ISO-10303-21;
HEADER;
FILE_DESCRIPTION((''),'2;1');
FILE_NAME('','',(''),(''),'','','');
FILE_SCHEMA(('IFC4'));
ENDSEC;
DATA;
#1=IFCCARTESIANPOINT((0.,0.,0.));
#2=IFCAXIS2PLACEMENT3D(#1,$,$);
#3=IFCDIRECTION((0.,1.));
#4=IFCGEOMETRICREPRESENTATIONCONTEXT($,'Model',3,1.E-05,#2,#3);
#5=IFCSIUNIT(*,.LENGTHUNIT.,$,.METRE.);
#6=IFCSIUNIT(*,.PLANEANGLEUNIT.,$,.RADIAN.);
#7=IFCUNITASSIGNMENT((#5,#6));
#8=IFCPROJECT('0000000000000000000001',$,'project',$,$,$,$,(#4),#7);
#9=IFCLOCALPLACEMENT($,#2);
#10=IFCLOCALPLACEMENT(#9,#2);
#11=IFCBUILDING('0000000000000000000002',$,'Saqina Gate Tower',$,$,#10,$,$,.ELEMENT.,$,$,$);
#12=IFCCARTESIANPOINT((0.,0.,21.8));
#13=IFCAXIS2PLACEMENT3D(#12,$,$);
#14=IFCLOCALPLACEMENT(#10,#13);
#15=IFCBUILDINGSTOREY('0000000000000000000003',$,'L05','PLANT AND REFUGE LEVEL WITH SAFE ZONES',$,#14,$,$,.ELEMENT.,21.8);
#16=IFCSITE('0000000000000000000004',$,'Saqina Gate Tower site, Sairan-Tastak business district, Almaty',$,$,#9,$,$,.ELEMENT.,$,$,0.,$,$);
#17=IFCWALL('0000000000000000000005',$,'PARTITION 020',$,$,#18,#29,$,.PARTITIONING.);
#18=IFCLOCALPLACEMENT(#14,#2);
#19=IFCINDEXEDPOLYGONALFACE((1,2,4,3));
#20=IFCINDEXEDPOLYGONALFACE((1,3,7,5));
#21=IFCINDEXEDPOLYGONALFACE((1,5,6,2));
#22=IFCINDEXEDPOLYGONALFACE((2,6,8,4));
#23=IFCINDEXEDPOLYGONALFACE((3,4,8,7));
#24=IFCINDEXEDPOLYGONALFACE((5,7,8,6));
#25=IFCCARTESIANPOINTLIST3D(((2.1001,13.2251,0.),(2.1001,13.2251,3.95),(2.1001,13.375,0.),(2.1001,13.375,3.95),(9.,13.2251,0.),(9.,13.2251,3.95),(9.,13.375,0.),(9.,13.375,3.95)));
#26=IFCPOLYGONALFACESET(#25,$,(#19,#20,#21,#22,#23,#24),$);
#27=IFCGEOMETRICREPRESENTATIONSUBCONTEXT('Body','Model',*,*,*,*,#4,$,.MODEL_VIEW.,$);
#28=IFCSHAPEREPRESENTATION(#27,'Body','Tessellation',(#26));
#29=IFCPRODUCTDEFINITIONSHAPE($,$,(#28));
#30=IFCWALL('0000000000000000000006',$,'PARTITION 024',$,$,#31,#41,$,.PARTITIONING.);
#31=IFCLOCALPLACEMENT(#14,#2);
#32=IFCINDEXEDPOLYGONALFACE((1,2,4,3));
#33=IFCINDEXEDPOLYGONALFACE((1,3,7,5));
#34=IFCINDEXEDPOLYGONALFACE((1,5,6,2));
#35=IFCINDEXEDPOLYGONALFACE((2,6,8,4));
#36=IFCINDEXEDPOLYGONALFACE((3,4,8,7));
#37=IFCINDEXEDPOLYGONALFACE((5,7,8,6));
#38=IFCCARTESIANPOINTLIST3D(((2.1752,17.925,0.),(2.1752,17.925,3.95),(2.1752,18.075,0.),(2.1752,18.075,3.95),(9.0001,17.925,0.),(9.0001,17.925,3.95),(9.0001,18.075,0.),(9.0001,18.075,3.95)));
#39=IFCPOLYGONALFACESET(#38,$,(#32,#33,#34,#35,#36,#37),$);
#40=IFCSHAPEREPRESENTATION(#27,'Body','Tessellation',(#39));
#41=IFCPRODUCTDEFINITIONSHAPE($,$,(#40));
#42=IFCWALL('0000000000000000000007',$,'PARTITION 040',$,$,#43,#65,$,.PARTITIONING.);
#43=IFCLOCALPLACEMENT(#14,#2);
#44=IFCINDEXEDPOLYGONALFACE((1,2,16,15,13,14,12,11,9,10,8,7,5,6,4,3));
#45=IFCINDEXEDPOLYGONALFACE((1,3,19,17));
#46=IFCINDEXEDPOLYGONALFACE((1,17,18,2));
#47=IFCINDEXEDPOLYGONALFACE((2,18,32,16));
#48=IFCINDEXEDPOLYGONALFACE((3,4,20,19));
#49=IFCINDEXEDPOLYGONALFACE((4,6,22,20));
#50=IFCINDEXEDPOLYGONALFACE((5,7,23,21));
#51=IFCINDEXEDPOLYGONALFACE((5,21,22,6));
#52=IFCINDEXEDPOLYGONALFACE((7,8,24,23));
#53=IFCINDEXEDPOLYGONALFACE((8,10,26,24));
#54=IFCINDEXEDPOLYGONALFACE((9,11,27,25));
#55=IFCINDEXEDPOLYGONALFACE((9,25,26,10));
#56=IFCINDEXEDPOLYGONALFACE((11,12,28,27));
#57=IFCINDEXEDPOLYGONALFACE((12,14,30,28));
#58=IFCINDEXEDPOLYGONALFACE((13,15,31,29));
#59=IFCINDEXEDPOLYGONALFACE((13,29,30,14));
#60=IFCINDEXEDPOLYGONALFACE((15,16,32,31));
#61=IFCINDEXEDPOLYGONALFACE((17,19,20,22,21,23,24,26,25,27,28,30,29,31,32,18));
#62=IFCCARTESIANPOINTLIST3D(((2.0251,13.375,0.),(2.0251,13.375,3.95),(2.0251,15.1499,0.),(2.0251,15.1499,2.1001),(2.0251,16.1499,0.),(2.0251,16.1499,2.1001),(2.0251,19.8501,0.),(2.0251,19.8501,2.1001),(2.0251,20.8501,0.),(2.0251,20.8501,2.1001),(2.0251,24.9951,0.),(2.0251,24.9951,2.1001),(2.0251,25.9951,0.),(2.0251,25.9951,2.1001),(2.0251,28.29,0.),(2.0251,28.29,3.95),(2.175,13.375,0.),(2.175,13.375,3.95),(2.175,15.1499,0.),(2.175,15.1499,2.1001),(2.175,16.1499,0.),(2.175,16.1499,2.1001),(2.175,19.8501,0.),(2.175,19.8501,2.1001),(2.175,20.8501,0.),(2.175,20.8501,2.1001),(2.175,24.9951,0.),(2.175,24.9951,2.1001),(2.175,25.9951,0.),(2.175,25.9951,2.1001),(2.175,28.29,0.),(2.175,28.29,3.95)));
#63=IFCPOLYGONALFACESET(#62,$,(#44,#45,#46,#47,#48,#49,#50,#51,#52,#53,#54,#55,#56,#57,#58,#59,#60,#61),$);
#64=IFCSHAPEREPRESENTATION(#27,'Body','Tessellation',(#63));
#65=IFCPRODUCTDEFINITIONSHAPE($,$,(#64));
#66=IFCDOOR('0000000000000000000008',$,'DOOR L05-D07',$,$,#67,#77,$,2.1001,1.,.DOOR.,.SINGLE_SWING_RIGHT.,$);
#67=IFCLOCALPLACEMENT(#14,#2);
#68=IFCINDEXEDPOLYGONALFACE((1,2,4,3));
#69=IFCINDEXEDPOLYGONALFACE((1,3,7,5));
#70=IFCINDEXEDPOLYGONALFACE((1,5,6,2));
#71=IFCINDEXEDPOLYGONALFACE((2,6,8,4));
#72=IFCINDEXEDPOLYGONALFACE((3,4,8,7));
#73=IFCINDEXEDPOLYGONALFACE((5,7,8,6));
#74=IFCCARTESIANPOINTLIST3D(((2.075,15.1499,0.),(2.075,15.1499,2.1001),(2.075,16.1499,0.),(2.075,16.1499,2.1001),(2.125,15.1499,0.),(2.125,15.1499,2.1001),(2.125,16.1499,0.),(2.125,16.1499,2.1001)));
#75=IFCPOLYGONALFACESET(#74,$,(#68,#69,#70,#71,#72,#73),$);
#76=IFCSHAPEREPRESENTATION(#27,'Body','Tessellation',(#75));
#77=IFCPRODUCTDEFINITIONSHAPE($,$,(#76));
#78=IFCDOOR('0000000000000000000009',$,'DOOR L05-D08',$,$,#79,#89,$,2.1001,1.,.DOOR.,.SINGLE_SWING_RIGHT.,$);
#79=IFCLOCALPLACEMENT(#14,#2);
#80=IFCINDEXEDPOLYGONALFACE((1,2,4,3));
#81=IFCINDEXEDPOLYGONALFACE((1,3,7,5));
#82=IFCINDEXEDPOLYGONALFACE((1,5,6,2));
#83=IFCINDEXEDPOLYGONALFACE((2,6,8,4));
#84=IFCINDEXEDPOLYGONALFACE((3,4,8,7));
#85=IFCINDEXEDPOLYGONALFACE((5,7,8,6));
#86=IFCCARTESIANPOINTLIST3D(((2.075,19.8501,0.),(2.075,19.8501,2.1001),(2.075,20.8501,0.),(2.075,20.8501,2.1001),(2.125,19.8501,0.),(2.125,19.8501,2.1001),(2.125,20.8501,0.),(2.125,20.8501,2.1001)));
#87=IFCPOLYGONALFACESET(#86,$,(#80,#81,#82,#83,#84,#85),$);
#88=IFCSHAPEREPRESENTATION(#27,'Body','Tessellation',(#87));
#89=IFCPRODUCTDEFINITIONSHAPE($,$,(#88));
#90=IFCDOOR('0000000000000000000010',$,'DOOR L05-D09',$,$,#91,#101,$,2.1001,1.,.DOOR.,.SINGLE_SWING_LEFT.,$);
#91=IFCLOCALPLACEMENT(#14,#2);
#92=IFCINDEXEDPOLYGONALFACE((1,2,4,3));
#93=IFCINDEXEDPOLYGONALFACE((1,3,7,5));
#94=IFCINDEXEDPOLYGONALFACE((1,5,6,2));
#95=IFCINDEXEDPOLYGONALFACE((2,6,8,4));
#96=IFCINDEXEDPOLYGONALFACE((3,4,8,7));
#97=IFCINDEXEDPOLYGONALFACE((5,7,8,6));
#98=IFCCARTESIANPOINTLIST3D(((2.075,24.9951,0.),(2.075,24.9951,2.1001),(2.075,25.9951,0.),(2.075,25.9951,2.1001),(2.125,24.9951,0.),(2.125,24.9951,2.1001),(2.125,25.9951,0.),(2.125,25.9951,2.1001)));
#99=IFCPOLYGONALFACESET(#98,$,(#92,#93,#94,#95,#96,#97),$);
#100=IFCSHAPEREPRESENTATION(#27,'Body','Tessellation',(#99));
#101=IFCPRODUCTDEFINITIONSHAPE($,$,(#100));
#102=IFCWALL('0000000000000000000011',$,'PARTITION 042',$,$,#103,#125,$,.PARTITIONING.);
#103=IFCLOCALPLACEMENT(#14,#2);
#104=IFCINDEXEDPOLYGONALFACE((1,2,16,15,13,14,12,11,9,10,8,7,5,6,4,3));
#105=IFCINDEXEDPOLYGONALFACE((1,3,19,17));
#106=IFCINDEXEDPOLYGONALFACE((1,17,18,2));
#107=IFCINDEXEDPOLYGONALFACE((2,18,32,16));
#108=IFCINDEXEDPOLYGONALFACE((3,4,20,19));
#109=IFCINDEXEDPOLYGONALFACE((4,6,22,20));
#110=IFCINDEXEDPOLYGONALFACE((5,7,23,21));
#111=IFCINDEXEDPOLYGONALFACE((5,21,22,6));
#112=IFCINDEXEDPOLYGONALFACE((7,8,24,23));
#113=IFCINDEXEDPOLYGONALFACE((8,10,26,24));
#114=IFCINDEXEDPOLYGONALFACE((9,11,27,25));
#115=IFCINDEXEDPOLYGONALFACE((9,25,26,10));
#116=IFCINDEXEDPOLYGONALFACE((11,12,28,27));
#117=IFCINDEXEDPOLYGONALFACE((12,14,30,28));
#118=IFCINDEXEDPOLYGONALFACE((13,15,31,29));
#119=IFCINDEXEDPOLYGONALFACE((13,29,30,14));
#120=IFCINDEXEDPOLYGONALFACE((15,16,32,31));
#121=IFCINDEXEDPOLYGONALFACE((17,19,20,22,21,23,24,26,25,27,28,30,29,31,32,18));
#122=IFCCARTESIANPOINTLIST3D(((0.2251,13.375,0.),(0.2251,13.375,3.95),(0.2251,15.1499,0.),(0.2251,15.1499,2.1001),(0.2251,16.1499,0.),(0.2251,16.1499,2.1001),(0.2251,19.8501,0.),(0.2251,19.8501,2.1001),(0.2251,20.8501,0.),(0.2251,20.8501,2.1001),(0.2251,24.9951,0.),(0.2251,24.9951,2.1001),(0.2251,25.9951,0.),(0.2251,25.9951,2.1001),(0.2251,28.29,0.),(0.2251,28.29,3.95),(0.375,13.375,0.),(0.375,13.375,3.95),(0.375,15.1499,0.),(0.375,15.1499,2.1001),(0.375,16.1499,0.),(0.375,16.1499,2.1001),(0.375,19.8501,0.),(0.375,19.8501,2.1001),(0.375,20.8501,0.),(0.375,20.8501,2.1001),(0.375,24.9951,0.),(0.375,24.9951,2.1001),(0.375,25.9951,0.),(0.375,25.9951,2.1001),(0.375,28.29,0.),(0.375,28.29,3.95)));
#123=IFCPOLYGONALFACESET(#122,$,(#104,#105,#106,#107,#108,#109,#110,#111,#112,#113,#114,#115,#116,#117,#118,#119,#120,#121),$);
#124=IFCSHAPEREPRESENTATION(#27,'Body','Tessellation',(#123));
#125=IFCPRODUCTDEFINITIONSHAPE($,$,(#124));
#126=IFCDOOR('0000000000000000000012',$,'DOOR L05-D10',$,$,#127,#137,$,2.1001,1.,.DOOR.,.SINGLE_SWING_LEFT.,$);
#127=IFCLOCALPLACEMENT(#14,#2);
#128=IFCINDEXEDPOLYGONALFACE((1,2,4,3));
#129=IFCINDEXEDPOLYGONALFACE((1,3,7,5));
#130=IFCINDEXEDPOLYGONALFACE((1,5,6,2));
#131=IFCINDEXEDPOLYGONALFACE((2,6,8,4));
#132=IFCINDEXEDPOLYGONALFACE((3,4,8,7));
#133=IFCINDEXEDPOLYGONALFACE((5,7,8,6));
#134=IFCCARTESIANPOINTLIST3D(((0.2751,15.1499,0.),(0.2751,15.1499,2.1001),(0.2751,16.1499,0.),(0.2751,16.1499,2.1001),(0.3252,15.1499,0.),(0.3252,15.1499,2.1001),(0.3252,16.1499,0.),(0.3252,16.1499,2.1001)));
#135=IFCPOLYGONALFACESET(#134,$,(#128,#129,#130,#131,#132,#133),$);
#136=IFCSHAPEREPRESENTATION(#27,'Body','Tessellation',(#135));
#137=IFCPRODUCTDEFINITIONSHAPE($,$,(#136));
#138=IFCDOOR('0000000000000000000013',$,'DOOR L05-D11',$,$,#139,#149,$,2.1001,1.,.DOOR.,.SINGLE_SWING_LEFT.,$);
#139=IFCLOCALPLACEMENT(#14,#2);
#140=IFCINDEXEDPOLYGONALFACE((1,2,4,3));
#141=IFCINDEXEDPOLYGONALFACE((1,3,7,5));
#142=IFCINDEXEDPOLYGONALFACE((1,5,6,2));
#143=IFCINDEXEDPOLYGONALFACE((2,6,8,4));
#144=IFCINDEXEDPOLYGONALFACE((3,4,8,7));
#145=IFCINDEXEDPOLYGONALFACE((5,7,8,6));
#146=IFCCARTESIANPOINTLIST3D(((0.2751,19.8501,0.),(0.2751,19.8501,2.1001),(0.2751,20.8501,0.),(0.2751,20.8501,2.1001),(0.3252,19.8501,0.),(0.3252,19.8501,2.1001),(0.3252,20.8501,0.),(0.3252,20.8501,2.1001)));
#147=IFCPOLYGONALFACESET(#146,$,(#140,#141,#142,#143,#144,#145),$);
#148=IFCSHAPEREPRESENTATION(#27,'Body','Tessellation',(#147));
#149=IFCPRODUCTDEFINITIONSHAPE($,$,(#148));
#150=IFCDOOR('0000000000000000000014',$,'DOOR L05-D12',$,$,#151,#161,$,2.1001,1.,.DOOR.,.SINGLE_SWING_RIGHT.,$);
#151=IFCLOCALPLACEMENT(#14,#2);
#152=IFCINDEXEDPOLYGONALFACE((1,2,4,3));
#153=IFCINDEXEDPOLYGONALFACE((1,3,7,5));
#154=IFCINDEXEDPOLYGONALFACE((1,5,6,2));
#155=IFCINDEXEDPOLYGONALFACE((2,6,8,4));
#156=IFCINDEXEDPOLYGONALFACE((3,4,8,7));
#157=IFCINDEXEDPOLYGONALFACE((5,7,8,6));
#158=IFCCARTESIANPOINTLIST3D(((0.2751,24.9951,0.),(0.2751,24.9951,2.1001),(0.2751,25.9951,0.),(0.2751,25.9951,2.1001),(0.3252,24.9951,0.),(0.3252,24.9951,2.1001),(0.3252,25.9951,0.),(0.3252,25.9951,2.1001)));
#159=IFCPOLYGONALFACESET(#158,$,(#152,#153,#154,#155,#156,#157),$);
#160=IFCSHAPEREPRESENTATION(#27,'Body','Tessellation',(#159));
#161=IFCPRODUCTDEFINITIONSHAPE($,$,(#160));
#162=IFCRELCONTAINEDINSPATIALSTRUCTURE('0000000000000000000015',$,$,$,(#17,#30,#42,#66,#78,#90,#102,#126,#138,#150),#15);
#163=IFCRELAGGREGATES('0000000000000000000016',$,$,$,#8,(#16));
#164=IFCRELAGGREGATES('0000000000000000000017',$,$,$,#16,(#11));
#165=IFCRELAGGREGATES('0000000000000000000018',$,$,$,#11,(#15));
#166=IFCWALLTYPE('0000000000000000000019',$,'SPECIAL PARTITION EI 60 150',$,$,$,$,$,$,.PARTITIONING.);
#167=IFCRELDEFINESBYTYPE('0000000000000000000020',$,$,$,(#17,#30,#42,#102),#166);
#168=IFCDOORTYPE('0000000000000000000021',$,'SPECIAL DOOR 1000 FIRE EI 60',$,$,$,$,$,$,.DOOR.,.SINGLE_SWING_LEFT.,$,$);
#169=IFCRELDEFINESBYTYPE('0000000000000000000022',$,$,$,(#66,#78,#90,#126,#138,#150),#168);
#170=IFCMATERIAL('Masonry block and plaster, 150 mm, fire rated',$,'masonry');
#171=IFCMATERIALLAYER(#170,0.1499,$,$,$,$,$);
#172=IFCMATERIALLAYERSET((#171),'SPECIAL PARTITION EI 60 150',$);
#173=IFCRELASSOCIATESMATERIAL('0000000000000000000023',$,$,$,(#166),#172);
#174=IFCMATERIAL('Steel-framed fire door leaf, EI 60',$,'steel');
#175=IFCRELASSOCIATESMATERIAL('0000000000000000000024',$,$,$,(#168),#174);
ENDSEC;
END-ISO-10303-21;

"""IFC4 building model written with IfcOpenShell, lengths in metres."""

from ifc_helpers import new_model, si_unit, direction, frame, frame_2d, origin, place, context, subcontext, project, spatial, rectangle, extrude, material, layer, layer_set, type_object, element, fill, save


model = new_model("IFC4")

# Units and contexts
model_context = context("Model", 3, precision=1e-05, world=origin(), true_north=direction((0.0, 1.0)))
body_context = subcontext(model_context, "Body", "Model", "MODEL_VIEW")
ifc_project = project(units=[si_unit("LENGTHUNIT", "METRE"), si_unit("PLANEANGLEUNIT", "RADIAN")], contexts=[model_context])

# Site, building, storey
site_placement = place(None, origin())
site = spatial("IfcSite", under=ifc_project, at=site_placement, Name="Saqina Gate Tower site, Sairan-Tastak business district, Almaty", CompositionType="ELEMENT", RefElevation=0.0)
building_placement = place(site_placement, origin())
building = spatial("IfcBuilding", under=site, at=building_placement, Name="Saqina Gate Tower", CompositionType="ELEMENT")
storey_placement = place(building_placement, frame((0.0, 0.0, 21.8)))
storey = spatial("IfcBuildingStorey", under=building, at=storey_placement, Name="L05", Description="PLANT AND REFUGE LEVEL WITH SAFE ZONES", CompositionType="ELEMENT", Elevation=21.8)

# Walls
ifc_material_1 = material(Name="Masonry block and plaster, 150 mm, fire rated", Category="masonry")
ifc_layer = layer(ifc_material_1, 0.1499)
ifc_layer_set = layer_set([ifc_layer], Name="SPECIAL PARTITION EI 60 150")
wall_type = type_object("IfcWallType", Name="SPECIAL PARTITION EI 60 150", PredefinedType="PARTITIONING", material=ifc_layer_set)
wall_1_placement = place(storey_placement, frame((2.1001, 13.3, 0.0), z_axis=(0.0, 0.0, 1.0), x_axis=(1.0, 0.0, 0.0)))
element("IfcWall", 1, at=wall_1_placement, inside=storey, type_object=wall_type, Name="PARTITION 020", PredefinedType="PARTITIONING", context=body_context, shape_type="SweptSolid", body=[
    extrude(rectangle(XDim=6.8999, YDim=0.1499, at=frame_2d((3.45, 0.0))), origin(), (0.0, 0.0, 1.0), 3.95),
])
wall_2_placement = place(storey_placement, frame((2.175, 18.0, 0.0), z_axis=(0.0, 0.0, 1.0), x_axis=(1.0, 0.0, 0.0)))
element("IfcWall", 2, at=wall_2_placement, inside=storey, type_object=wall_type, Name="PARTITION 024", PredefinedType="PARTITIONING", context=body_context, shape_type="SweptSolid", body=[
    extrude(rectangle(XDim=6.825, YDim=0.1499, at=frame_2d((3.4126, 0.0))), origin(), (0.0, 0.0, 1.0), 3.95),
])

# Walls, openings, doors
wall_3_placement = place(storey_placement, frame((2.1001, 13.375, 0.0), z_axis=(0.0, 0.0, 1.0), x_axis=(0.0, 1.0, 0.0)))
wall_3 = element("IfcWall", 3, at=wall_3_placement, inside=storey, type_object=wall_type, Name="PARTITION 040", PredefinedType="PARTITIONING", context=body_context, shape_type="SweptSolid", body=[
    extrude(rectangle(XDim=14.915, YDim=0.1499, at=frame_2d((7.4575, 0.0))), origin(), (0.0, 0.0, 1.0), 3.95),
])
opening_1_placement = place(wall_3_placement, frame((1.7749, 0.0, 0.0)))
opening_1 = element("IfcOpeningElement", 4, at=opening_1_placement, cuts=wall_3, PredefinedType="OPENING", context=body_context, shape_type="SweptSolid", body=[
    extrude(rectangle(XDim=1.0, YDim=2.1001, at=frame_2d((0.5, 1.05))), frame((0.0, 0.0869, 0.0), z_axis=(0.0, -1.0, 0.0), x_axis=(1.0, 0.0, 0.0)), (0.0, 0.0, 1.0), 0.1738),
])
opening_2_placement = place(wall_3_placement, frame((6.4751, 0.0, 0.0)))
opening_2 = element("IfcOpeningElement", 5, at=opening_2_placement, cuts=wall_3, PredefinedType="OPENING", context=body_context, shape_type="SweptSolid", body=[
    extrude(rectangle(XDim=1.0, YDim=2.1001, at=frame_2d((0.5, 1.05))), frame((0.0, 0.0869, 0.0), z_axis=(0.0, -1.0, 0.0), x_axis=(1.0, 0.0, 0.0)), (0.0, 0.0, 1.0), 0.1738),
])
opening_3_placement = place(wall_3_placement, frame((11.6201, 0.0, 0.0)))
opening_3 = element("IfcOpeningElement", 6, at=opening_3_placement, cuts=wall_3, PredefinedType="OPENING", context=body_context, shape_type="SweptSolid", body=[
    extrude(rectangle(XDim=1.0, YDim=2.1001, at=frame_2d((0.5, 1.05))), frame((0.0, 0.0869, 0.0), z_axis=(0.0, -1.0, 0.0), x_axis=(1.0, 0.0, 0.0)), (0.0, 0.0, 1.0), 0.1738),
])
ifc_material_2 = material(Name="Steel-framed fire door leaf, EI 60", Category="steel")
door_type = type_object("IfcDoorType", Name="SPECIAL DOOR 1000 FIRE EI 60", OperationType="SINGLE_SWING_LEFT", PredefinedType="DOOR", material=ifc_material_2)
door_1_placement = place(opening_1_placement, frame((1.0, 0.0, 0.0), z_axis=(0.0, 0.0, 1.0), x_axis=(-1.0, 0.0, 0.0)))
door_1 = element("IfcDoor", 7, at=door_1_placement, inside=storey, type_object=door_type, Name="DOOR L05-D07", OperationType="SINGLE_SWING_RIGHT", OverallHeight=2.1001, OverallWidth=1.0, PredefinedType="DOOR", context=body_context, shape_type="SweptSolid", body=[
    extrude(rectangle(XDim=1.0, YDim=2.1001, at=frame_2d((0.5, 1.05))), frame((0.0, 0.0249, 0.0), z_axis=(0.0, -1.0, 0.0), x_axis=(1.0, 0.0, 0.0)), (0.0, 0.0, 1.0), 0.05),
])
fill(opening_1, door_1)
door_2_placement = place(opening_2_placement, frame((1.0, 0.0, 0.0), z_axis=(0.0, 0.0, 1.0), x_axis=(-1.0, 0.0, 0.0)))
door_2 = element("IfcDoor", 8, at=door_2_placement, inside=storey, type_object=door_type, Name="DOOR L05-D08", OperationType="SINGLE_SWING_RIGHT", OverallHeight=2.1001, OverallWidth=1.0, PredefinedType="DOOR", context=body_context, shape_type="SweptSolid", body=[
    extrude(rectangle(XDim=1.0, YDim=2.1001, at=frame_2d((0.5, 1.05))), frame((0.0, 0.0249, 0.0), z_axis=(0.0, -1.0, 0.0), x_axis=(1.0, 0.0, 0.0)), (0.0, 0.0, 1.0), 0.05),
])
fill(opening_2, door_2)
door_3_placement = place(opening_3_placement, frame((1.0, 0.0, 0.0), z_axis=(0.0, 0.0, 1.0), x_axis=(-1.0, 0.0, 0.0)))
door_3 = element("IfcDoor", 9, at=door_3_placement, inside=storey, type_object=door_type, Name="DOOR L05-D09", OperationType="SINGLE_SWING_LEFT", OverallHeight=2.1001, OverallWidth=1.0, PredefinedType="DOOR", context=body_context, shape_type="SweptSolid", body=[
    extrude(rectangle(XDim=1.0, YDim=2.1001, at=frame_2d((0.5, 1.05))), frame((0.0, 0.0249, 0.0), z_axis=(0.0, -1.0, 0.0), x_axis=(1.0, 0.0, 0.0)), (0.0, 0.0, 1.0), 0.05),
])
fill(opening_3, door_3)
wall_4_placement = place(storey_placement, frame((0.3, 13.375, 0.0), z_axis=(0.0, 0.0, 1.0), x_axis=(0.0, 1.0, 0.0)))
wall_4 = element("IfcWall", 10, at=wall_4_placement, inside=storey, type_object=wall_type, Name="PARTITION 042", PredefinedType="PARTITIONING", context=body_context, shape_type="SweptSolid", body=[
    extrude(rectangle(XDim=14.915, YDim=0.1499, at=frame_2d((7.4575, 0.0))), origin(), (0.0, 0.0, 1.0), 3.95),
])
opening_4_placement = place(wall_4_placement, frame((1.7749, 0.0, 0.0)))
opening_4 = element("IfcOpeningElement", 11, at=opening_4_placement, cuts=wall_4, PredefinedType="OPENING", context=body_context, shape_type="SweptSolid", body=[
    extrude(rectangle(XDim=1.0, YDim=2.1001, at=frame_2d((0.5, 1.05))), frame((0.0, 0.0869, 0.0), z_axis=(0.0, -1.0, 0.0), x_axis=(1.0, 0.0, 0.0)), (0.0, 0.0, 1.0), 0.1738),
])
opening_5_placement = place(wall_4_placement, frame((6.4751, 0.0, 0.0)))
opening_5 = element("IfcOpeningElement", 12, at=opening_5_placement, cuts=wall_4, PredefinedType="OPENING", context=body_context, shape_type="SweptSolid", body=[
    extrude(rectangle(XDim=1.0, YDim=2.1001, at=frame_2d((0.5, 1.05))), frame((0.0, 0.0869, 0.0), z_axis=(0.0, -1.0, 0.0), x_axis=(1.0, 0.0, 0.0)), (0.0, 0.0, 1.0), 0.1738),
])
opening_6_placement = place(wall_4_placement, frame((11.6201, 0.0, 0.0)))
opening_6 = element("IfcOpeningElement", 13, at=opening_6_placement, cuts=wall_4, PredefinedType="OPENING", context=body_context, shape_type="SweptSolid", body=[
    extrude(rectangle(XDim=1.0, YDim=2.1001, at=frame_2d((0.5, 1.05))), frame((0.0, 0.0869, 0.0), z_axis=(0.0, -1.0, 0.0), x_axis=(1.0, 0.0, 0.0)), (0.0, 0.0, 1.0), 0.1738),
])
door_4_placement = place(opening_4_placement, origin())
door_4 = element("IfcDoor", 14, at=door_4_placement, inside=storey, type_object=door_type, Name="DOOR L05-D10", OperationType="SINGLE_SWING_LEFT", OverallHeight=2.1001, OverallWidth=1.0, PredefinedType="DOOR", context=body_context, shape_type="SweptSolid", body=[
    extrude(rectangle(XDim=1.0, YDim=2.1001, at=frame_2d((0.5, 1.05))), frame((0.0, 0.0249, 0.0), z_axis=(0.0, -1.0, 0.0), x_axis=(1.0, 0.0, 0.0)), (0.0, 0.0, 1.0), 0.05),
])
fill(opening_4, door_4)
door_5_placement = place(opening_5_placement, origin())
door_5 = element("IfcDoor", 15, at=door_5_placement, inside=storey, type_object=door_type, Name="DOOR L05-D11", OperationType="SINGLE_SWING_LEFT", OverallHeight=2.1001, OverallWidth=1.0, PredefinedType="DOOR", context=body_context, shape_type="SweptSolid", body=[
    extrude(rectangle(XDim=1.0, YDim=2.1001, at=frame_2d((0.5, 1.05))), frame((0.0, 0.0249, 0.0), z_axis=(0.0, -1.0, 0.0), x_axis=(1.0, 0.0, 0.0)), (0.0, 0.0, 1.0), 0.05),
])
fill(opening_5, door_5)
door_6_placement = place(opening_6_placement, origin())
door_6 = element("IfcDoor", 16, at=door_6_placement, inside=storey, type_object=door_type, Name="DOOR L05-D12", OperationType="SINGLE_SWING_RIGHT", OverallHeight=2.1001, OverallWidth=1.0, PredefinedType="DOOR", context=body_context, shape_type="SweptSolid", body=[
    extrude(rectangle(XDim=1.0, YDim=2.1001, at=frame_2d((0.5, 1.05))), frame((0.0, 0.0249, 0.0), z_axis=(0.0, -1.0, 0.0), x_axis=(1.0, 0.0, 0.0)), (0.0, 0.0, 1.0), 0.05),
])
fill(opening_6, door_6)

save(model, "model.ifc")
